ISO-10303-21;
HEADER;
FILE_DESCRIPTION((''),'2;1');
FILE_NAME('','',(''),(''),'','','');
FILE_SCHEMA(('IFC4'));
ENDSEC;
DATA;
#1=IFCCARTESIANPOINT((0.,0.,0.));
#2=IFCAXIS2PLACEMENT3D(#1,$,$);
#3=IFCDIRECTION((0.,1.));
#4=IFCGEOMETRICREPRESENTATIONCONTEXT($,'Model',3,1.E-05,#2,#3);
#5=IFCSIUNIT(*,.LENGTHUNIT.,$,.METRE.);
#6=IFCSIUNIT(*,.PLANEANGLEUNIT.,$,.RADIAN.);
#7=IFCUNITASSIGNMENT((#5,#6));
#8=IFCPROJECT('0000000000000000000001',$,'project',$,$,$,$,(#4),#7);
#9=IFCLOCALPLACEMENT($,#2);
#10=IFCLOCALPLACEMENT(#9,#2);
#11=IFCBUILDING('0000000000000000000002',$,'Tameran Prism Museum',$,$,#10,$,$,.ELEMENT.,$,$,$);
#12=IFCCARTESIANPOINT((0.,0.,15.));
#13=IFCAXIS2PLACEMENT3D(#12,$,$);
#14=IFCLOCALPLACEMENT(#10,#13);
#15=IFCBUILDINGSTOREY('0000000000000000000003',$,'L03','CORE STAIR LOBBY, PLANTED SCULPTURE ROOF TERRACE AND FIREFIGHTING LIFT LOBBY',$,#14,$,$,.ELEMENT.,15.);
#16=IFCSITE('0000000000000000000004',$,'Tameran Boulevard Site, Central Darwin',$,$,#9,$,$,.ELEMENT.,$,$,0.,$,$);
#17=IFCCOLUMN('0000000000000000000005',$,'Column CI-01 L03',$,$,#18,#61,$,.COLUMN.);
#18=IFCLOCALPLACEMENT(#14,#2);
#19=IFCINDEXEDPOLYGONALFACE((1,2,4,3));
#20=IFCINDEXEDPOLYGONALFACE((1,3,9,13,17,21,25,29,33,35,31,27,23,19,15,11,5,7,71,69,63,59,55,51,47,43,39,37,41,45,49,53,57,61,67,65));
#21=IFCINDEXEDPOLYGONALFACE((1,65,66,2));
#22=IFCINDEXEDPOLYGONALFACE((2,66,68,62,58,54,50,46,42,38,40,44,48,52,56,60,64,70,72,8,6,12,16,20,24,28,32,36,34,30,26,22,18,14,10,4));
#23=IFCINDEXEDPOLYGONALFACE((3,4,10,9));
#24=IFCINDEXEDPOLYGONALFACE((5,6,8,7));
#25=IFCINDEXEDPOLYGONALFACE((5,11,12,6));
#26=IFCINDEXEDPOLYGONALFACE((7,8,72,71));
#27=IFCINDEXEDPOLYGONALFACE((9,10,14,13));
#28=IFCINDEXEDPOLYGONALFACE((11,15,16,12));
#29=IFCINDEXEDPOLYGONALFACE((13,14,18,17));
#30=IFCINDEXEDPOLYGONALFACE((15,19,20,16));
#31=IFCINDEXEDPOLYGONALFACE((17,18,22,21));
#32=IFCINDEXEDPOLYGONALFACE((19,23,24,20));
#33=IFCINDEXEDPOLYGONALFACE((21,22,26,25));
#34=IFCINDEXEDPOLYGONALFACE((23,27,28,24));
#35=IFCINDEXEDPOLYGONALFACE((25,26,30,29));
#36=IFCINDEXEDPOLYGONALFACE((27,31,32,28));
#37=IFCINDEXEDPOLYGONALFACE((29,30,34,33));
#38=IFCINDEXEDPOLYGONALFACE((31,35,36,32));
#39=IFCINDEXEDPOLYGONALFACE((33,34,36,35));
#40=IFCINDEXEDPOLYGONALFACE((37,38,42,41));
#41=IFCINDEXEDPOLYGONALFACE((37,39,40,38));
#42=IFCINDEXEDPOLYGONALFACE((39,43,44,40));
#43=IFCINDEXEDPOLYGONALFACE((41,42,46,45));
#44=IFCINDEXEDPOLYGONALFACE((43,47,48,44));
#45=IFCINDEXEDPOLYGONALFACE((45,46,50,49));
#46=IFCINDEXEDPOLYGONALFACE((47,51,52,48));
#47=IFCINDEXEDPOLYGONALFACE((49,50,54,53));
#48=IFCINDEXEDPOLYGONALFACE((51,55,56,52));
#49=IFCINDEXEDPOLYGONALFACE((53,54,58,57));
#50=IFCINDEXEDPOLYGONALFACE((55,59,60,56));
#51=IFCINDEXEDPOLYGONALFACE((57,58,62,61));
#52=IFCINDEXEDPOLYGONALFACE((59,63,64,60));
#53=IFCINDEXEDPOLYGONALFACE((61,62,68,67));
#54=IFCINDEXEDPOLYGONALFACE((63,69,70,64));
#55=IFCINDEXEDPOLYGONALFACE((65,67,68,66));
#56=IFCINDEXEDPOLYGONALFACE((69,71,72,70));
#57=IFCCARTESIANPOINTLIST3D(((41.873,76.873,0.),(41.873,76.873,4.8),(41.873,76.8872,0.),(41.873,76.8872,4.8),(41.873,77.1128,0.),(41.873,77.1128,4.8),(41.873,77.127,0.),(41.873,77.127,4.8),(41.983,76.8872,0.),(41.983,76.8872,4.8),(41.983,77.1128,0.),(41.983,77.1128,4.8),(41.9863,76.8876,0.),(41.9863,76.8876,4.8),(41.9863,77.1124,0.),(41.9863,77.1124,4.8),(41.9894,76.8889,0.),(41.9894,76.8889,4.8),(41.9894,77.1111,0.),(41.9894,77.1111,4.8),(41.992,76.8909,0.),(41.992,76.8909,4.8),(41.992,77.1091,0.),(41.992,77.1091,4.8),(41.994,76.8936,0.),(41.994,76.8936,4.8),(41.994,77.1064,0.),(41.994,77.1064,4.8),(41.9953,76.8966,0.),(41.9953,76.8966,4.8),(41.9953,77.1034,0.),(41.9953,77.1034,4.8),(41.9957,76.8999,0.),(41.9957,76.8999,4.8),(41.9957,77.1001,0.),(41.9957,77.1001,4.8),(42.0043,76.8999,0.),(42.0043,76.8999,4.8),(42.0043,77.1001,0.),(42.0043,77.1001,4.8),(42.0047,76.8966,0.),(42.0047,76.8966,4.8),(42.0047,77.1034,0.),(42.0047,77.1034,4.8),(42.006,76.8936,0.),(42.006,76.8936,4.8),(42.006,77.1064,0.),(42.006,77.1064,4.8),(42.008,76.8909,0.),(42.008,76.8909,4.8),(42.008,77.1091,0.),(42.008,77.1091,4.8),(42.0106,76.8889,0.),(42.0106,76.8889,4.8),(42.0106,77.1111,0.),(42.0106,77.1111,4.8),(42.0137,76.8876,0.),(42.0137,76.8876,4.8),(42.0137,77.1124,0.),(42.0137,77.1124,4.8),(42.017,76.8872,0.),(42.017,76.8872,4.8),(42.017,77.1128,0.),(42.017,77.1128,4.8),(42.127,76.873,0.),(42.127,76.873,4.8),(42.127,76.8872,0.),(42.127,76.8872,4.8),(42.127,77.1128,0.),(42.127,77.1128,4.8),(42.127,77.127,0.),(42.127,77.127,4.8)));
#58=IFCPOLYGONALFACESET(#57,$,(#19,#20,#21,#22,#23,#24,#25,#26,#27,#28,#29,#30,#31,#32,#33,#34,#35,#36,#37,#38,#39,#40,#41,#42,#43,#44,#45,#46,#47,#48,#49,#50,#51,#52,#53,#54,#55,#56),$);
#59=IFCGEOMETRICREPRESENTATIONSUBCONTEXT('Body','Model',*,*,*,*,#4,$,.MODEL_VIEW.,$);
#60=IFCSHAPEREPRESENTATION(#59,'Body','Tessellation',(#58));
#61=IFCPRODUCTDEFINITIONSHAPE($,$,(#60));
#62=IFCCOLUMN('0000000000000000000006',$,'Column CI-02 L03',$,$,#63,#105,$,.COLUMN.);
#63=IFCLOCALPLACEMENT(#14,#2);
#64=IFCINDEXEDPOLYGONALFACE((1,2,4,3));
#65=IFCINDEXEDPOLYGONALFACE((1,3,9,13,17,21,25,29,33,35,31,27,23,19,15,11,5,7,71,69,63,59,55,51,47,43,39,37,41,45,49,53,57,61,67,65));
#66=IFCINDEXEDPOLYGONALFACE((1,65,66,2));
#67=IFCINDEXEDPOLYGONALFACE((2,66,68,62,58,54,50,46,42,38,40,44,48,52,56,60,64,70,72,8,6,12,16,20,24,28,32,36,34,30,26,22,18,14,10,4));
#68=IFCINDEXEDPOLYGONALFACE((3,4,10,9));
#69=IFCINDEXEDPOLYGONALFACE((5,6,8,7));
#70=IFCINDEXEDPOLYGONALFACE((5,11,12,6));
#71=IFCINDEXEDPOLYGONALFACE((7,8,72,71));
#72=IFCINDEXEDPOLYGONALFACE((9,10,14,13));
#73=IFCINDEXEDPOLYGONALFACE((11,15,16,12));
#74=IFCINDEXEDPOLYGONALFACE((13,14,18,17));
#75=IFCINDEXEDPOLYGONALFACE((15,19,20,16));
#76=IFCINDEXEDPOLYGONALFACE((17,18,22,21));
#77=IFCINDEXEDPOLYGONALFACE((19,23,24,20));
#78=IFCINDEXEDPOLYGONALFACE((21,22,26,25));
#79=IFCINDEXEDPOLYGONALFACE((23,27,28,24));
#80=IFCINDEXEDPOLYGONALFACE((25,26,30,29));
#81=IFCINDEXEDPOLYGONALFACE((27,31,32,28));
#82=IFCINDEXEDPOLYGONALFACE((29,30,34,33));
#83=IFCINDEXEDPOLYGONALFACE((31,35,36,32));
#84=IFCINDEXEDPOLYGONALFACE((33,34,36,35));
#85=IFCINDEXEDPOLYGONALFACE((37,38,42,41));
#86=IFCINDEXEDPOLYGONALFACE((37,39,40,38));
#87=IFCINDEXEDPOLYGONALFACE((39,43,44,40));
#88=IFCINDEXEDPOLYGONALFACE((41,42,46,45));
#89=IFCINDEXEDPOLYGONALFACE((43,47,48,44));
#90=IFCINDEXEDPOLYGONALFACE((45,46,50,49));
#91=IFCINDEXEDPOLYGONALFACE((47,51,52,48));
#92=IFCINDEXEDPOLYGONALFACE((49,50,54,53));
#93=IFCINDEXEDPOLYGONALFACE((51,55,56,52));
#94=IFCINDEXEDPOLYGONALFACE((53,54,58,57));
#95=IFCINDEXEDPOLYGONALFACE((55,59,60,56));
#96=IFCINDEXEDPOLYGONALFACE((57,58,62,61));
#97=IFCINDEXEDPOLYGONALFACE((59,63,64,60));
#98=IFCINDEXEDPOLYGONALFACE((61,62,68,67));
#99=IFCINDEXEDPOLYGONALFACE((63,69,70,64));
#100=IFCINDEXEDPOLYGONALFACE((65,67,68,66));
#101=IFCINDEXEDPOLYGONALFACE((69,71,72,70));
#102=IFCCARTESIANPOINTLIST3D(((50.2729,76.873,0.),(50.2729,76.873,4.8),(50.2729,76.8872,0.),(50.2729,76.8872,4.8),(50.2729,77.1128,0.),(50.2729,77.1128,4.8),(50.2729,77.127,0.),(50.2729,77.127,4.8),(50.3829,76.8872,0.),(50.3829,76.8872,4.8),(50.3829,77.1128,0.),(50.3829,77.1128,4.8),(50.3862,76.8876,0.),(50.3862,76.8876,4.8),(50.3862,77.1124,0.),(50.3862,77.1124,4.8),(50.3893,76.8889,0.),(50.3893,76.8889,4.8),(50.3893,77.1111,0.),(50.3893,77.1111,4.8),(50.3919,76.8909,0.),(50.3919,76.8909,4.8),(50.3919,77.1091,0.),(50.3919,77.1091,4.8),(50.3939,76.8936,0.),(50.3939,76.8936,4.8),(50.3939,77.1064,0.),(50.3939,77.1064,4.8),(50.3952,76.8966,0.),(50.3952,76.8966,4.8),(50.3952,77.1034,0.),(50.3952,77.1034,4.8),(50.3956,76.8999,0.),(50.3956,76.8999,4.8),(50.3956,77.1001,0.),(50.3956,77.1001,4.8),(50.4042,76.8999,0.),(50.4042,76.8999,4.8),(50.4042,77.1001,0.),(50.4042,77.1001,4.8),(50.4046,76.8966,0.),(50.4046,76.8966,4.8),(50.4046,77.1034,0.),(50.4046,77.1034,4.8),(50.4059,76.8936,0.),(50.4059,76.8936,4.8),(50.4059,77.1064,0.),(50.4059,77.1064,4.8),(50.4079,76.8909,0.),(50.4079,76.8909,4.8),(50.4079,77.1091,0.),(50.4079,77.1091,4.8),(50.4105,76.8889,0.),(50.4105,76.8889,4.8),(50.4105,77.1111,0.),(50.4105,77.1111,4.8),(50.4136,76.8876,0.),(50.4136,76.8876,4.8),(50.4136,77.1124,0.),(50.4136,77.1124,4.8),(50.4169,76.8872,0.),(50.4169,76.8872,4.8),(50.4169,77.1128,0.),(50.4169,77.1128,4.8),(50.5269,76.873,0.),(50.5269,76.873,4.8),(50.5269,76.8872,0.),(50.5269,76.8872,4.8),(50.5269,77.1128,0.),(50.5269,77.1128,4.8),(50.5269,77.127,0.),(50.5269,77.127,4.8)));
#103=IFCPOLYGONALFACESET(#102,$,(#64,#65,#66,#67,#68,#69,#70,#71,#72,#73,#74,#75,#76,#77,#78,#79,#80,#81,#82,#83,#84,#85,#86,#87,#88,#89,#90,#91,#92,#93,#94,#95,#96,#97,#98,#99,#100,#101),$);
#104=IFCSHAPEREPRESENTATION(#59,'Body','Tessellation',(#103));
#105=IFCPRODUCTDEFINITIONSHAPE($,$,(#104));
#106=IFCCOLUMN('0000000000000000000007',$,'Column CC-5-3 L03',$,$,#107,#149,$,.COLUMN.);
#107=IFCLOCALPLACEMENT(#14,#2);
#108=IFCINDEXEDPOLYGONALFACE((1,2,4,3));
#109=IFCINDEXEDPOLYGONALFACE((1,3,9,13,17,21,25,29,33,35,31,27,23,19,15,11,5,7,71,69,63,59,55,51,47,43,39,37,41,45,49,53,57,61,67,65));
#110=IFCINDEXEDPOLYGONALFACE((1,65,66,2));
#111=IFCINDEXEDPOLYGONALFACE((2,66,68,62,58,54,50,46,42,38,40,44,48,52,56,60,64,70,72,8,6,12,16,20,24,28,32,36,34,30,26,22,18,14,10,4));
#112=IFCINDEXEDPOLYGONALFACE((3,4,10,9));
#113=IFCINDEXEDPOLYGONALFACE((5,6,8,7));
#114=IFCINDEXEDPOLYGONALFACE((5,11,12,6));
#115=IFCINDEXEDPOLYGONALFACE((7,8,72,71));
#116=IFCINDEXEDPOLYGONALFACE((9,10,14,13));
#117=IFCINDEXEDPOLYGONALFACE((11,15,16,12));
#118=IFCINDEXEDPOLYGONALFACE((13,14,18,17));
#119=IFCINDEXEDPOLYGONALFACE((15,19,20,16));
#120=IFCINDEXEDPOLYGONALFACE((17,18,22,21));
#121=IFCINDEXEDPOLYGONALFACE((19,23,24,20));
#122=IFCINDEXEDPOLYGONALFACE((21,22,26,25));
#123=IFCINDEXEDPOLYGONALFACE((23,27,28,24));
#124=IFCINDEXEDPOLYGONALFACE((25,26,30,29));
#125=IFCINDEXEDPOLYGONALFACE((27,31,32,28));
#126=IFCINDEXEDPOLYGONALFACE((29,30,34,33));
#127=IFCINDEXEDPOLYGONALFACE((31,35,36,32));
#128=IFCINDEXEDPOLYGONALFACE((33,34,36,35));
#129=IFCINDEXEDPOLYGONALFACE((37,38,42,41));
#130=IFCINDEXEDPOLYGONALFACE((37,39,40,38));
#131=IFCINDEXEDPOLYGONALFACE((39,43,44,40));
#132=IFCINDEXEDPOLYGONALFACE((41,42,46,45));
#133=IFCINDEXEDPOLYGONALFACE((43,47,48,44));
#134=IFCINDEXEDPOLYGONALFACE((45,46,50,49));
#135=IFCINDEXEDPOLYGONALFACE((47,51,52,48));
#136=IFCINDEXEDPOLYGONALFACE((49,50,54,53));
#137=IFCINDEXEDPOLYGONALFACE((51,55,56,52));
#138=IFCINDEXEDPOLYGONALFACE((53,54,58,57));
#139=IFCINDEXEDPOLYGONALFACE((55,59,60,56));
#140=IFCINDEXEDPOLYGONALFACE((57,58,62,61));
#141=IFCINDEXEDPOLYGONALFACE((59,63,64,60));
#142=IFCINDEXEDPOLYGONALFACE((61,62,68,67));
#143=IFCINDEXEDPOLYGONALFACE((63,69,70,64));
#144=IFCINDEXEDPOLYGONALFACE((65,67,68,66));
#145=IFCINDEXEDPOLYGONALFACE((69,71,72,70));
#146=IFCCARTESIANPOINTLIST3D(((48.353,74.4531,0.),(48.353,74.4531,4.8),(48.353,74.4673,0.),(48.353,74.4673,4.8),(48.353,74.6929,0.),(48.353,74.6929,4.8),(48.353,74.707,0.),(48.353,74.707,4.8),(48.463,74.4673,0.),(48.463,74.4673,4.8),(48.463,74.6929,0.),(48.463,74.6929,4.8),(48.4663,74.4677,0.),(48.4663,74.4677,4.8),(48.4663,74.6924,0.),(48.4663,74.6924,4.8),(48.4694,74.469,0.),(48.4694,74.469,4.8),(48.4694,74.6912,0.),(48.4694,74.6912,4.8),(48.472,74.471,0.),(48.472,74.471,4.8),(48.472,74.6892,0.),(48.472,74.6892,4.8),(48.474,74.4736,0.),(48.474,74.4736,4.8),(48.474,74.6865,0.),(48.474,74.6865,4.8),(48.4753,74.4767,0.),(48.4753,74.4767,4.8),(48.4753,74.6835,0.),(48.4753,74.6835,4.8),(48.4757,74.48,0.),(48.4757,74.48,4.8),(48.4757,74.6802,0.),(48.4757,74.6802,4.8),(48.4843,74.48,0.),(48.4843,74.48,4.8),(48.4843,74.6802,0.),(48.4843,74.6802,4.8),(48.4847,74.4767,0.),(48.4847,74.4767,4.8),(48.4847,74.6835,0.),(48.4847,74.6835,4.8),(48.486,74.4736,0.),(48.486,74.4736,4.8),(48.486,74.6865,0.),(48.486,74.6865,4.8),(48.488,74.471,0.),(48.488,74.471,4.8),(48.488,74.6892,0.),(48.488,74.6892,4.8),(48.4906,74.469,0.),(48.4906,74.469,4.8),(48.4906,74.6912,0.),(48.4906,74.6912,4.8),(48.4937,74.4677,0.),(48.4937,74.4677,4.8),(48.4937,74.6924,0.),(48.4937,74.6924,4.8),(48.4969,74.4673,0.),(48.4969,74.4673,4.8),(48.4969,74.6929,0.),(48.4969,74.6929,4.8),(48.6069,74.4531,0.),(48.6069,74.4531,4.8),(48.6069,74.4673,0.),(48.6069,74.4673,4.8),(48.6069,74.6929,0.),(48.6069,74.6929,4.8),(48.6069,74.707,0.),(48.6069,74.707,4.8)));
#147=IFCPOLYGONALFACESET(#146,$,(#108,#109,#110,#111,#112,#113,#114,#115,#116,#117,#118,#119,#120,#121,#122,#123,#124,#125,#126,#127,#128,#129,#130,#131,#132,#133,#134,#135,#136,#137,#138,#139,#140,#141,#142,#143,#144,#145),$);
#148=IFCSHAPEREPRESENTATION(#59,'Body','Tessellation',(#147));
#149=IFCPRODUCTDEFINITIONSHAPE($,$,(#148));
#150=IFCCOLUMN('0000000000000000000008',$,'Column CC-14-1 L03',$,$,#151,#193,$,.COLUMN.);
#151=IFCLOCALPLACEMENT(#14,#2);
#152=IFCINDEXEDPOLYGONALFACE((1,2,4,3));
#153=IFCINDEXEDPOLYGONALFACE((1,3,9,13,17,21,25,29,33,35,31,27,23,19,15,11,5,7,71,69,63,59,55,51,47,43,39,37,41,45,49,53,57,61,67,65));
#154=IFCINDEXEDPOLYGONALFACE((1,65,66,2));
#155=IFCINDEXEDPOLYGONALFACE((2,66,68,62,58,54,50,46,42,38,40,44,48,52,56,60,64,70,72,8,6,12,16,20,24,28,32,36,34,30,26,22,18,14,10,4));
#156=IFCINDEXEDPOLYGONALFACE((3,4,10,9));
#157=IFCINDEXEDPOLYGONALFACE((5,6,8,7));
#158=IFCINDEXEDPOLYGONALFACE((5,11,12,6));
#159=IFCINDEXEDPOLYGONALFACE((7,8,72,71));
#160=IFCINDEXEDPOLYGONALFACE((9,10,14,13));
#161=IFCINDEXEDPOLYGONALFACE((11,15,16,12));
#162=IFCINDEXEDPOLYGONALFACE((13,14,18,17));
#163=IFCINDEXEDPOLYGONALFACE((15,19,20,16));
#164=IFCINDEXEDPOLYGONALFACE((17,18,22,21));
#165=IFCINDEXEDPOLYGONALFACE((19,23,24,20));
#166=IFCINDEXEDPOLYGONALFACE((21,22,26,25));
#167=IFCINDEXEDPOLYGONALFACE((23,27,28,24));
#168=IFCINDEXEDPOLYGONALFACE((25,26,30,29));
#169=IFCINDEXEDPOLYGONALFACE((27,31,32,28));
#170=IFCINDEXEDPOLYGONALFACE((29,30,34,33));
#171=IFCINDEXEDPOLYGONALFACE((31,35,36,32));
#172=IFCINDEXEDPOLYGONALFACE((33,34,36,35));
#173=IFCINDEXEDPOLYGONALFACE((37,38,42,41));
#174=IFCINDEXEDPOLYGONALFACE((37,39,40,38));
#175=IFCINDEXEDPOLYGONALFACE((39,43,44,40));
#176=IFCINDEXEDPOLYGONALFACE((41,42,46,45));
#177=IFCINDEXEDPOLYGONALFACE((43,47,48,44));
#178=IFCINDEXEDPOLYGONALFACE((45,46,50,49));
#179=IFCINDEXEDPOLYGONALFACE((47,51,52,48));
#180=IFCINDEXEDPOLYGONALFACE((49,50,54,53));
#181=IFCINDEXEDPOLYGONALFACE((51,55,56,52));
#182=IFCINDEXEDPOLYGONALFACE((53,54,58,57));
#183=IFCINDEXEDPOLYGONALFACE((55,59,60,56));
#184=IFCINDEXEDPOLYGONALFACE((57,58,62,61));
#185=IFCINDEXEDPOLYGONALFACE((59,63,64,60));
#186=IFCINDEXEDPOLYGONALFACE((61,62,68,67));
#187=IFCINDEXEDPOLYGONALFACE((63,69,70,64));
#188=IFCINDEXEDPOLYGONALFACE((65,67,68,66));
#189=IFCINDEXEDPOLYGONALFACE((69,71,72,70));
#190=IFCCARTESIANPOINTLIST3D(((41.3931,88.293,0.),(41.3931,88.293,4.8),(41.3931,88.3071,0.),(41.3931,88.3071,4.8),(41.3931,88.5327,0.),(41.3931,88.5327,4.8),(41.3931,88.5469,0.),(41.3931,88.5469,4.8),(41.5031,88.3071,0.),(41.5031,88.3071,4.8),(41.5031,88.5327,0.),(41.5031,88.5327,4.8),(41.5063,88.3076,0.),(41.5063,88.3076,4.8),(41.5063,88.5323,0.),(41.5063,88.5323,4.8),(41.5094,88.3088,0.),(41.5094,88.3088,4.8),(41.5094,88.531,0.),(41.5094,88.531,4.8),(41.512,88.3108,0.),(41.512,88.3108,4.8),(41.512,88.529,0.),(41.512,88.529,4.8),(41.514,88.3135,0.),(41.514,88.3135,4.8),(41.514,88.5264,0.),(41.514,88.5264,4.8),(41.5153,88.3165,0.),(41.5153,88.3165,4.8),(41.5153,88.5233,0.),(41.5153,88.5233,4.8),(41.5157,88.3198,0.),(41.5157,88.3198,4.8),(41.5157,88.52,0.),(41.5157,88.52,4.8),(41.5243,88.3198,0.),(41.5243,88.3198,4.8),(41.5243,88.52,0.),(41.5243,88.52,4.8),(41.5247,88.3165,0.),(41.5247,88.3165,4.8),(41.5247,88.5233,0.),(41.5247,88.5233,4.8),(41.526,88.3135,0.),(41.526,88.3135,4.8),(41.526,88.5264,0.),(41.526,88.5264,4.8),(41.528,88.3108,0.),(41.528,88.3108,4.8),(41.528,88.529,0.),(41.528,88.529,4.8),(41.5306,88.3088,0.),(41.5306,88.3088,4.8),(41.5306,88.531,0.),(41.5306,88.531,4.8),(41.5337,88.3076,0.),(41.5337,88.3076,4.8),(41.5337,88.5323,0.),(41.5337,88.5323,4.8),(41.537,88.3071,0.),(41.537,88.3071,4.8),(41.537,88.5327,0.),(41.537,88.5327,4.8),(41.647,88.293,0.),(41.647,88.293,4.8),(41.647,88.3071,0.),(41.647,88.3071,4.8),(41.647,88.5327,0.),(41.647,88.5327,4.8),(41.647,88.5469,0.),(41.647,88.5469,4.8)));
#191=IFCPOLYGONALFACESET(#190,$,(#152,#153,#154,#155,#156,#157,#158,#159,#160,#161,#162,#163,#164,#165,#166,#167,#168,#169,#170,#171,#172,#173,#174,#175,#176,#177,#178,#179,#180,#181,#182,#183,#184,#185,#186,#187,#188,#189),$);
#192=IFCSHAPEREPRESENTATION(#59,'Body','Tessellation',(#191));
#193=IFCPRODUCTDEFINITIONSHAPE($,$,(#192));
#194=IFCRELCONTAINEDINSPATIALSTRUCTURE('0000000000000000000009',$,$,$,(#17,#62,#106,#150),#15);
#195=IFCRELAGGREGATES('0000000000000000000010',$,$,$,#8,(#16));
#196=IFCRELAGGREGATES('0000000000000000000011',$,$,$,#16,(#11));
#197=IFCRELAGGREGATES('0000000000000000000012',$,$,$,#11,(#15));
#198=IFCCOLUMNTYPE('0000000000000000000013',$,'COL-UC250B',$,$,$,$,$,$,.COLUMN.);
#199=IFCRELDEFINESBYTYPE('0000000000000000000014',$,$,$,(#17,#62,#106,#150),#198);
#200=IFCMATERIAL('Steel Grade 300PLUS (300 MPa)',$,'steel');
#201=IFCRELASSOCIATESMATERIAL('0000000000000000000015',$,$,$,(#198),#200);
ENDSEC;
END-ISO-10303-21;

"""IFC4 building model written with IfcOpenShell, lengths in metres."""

from ifc_helpers import new_model, si_unit, direction, frame, origin, origin_2d, place, context, subcontext, project, spatial, i_section, extrude, material, material_profile, profile_set, type_object, element, save


model = new_model("IFC4")

# Units and contexts
model_context = context("Model", 3, precision=1e-05, world=origin(), true_north=direction((0.0, 1.0)))
body_context = subcontext(model_context, "Body", "Model", "MODEL_VIEW")
ifc_project = project(units=[si_unit("LENGTHUNIT", "METRE"), si_unit("PLANEANGLEUNIT", "RADIAN")], contexts=[model_context])

# Site, building, storey
site_placement = place(None, origin())
site = spatial("IfcSite", under=ifc_project, at=site_placement, Name="Tameran Boulevard Site, Central Darwin", CompositionType="ELEMENT", RefElevation=0.0)
building_placement = place(site_placement, origin())
building = spatial("IfcBuilding", under=site, at=building_placement, Name="Tameran Prism Museum", CompositionType="ELEMENT")
storey_placement = place(building_placement, frame((0.0, 0.0, 15.0)))
storey = spatial("IfcBuildingStorey", under=building, at=storey_placement, Name="L03", Description="CORE STAIR LOBBY, PLANTED SCULPTURE ROOF TERRACE AND FIREFIGHTING LIFT LOBBY", CompositionType="ELEMENT", Elevation=15.0)

# Columns
ifc_material_1 = material(Name="Steel Grade 300PLUS (300 MPa)", Category="steel")
ifc_material_profile_1 = material_profile(ifc_material_1, i_section(OverallWidth=0.2539, OverallDepth=0.2539, WebThickness=0.0085, FlangeThickness=0.0142, FilletRadius=0.0127, at=origin_2d()))
ifc_profile_set_1 = profile_set([ifc_material_profile_1])
column_type = type_object("IfcColumnType", Name="COL-UC250B", PredefinedType="COLUMN", material=ifc_profile_set_1)
for number, where, z_axis, x_axis, name in (
    (1, (42.0, 77.0, 0.0), (0.0, 0.0, 1.0), (1.0, 0.0, 0.0), "Column CI-01 L03"),
    (2, (50.3999, 77.0, 0.0), (0.0, 0.0, 1.0), (1.0, 0.0, 0.0), "Column CI-02 L03"),
    (3, (48.48, 74.5801, 0.0), (0.0, 0.0, 1.0), (1.0, 0.0, 0.0), "Column CC-5-3 L03"),
    (4, (41.52, 88.4199, 0.0), (0.0, 0.0, 1.0), (1.0, 0.0, 0.0), "Column CC-14-1 L03"),
):
    element("IfcColumn", number, at=place(storey_placement, frame(where, z_axis=z_axis, x_axis=x_axis)), inside=storey, type_object=column_type, Name=name, PredefinedType="COLUMN", context=body_context, shape_type="SweptSolid", body=[
        extrude(i_section(OverallWidth=0.2539, OverallDepth=0.2539, WebThickness=0.0085, FlangeThickness=0.0142, FilletRadius=0.0127, at=origin_2d()), origin(), (0.0, 0.0, 1.0), 4.8),
    ])

save(model, "model.ifc")
